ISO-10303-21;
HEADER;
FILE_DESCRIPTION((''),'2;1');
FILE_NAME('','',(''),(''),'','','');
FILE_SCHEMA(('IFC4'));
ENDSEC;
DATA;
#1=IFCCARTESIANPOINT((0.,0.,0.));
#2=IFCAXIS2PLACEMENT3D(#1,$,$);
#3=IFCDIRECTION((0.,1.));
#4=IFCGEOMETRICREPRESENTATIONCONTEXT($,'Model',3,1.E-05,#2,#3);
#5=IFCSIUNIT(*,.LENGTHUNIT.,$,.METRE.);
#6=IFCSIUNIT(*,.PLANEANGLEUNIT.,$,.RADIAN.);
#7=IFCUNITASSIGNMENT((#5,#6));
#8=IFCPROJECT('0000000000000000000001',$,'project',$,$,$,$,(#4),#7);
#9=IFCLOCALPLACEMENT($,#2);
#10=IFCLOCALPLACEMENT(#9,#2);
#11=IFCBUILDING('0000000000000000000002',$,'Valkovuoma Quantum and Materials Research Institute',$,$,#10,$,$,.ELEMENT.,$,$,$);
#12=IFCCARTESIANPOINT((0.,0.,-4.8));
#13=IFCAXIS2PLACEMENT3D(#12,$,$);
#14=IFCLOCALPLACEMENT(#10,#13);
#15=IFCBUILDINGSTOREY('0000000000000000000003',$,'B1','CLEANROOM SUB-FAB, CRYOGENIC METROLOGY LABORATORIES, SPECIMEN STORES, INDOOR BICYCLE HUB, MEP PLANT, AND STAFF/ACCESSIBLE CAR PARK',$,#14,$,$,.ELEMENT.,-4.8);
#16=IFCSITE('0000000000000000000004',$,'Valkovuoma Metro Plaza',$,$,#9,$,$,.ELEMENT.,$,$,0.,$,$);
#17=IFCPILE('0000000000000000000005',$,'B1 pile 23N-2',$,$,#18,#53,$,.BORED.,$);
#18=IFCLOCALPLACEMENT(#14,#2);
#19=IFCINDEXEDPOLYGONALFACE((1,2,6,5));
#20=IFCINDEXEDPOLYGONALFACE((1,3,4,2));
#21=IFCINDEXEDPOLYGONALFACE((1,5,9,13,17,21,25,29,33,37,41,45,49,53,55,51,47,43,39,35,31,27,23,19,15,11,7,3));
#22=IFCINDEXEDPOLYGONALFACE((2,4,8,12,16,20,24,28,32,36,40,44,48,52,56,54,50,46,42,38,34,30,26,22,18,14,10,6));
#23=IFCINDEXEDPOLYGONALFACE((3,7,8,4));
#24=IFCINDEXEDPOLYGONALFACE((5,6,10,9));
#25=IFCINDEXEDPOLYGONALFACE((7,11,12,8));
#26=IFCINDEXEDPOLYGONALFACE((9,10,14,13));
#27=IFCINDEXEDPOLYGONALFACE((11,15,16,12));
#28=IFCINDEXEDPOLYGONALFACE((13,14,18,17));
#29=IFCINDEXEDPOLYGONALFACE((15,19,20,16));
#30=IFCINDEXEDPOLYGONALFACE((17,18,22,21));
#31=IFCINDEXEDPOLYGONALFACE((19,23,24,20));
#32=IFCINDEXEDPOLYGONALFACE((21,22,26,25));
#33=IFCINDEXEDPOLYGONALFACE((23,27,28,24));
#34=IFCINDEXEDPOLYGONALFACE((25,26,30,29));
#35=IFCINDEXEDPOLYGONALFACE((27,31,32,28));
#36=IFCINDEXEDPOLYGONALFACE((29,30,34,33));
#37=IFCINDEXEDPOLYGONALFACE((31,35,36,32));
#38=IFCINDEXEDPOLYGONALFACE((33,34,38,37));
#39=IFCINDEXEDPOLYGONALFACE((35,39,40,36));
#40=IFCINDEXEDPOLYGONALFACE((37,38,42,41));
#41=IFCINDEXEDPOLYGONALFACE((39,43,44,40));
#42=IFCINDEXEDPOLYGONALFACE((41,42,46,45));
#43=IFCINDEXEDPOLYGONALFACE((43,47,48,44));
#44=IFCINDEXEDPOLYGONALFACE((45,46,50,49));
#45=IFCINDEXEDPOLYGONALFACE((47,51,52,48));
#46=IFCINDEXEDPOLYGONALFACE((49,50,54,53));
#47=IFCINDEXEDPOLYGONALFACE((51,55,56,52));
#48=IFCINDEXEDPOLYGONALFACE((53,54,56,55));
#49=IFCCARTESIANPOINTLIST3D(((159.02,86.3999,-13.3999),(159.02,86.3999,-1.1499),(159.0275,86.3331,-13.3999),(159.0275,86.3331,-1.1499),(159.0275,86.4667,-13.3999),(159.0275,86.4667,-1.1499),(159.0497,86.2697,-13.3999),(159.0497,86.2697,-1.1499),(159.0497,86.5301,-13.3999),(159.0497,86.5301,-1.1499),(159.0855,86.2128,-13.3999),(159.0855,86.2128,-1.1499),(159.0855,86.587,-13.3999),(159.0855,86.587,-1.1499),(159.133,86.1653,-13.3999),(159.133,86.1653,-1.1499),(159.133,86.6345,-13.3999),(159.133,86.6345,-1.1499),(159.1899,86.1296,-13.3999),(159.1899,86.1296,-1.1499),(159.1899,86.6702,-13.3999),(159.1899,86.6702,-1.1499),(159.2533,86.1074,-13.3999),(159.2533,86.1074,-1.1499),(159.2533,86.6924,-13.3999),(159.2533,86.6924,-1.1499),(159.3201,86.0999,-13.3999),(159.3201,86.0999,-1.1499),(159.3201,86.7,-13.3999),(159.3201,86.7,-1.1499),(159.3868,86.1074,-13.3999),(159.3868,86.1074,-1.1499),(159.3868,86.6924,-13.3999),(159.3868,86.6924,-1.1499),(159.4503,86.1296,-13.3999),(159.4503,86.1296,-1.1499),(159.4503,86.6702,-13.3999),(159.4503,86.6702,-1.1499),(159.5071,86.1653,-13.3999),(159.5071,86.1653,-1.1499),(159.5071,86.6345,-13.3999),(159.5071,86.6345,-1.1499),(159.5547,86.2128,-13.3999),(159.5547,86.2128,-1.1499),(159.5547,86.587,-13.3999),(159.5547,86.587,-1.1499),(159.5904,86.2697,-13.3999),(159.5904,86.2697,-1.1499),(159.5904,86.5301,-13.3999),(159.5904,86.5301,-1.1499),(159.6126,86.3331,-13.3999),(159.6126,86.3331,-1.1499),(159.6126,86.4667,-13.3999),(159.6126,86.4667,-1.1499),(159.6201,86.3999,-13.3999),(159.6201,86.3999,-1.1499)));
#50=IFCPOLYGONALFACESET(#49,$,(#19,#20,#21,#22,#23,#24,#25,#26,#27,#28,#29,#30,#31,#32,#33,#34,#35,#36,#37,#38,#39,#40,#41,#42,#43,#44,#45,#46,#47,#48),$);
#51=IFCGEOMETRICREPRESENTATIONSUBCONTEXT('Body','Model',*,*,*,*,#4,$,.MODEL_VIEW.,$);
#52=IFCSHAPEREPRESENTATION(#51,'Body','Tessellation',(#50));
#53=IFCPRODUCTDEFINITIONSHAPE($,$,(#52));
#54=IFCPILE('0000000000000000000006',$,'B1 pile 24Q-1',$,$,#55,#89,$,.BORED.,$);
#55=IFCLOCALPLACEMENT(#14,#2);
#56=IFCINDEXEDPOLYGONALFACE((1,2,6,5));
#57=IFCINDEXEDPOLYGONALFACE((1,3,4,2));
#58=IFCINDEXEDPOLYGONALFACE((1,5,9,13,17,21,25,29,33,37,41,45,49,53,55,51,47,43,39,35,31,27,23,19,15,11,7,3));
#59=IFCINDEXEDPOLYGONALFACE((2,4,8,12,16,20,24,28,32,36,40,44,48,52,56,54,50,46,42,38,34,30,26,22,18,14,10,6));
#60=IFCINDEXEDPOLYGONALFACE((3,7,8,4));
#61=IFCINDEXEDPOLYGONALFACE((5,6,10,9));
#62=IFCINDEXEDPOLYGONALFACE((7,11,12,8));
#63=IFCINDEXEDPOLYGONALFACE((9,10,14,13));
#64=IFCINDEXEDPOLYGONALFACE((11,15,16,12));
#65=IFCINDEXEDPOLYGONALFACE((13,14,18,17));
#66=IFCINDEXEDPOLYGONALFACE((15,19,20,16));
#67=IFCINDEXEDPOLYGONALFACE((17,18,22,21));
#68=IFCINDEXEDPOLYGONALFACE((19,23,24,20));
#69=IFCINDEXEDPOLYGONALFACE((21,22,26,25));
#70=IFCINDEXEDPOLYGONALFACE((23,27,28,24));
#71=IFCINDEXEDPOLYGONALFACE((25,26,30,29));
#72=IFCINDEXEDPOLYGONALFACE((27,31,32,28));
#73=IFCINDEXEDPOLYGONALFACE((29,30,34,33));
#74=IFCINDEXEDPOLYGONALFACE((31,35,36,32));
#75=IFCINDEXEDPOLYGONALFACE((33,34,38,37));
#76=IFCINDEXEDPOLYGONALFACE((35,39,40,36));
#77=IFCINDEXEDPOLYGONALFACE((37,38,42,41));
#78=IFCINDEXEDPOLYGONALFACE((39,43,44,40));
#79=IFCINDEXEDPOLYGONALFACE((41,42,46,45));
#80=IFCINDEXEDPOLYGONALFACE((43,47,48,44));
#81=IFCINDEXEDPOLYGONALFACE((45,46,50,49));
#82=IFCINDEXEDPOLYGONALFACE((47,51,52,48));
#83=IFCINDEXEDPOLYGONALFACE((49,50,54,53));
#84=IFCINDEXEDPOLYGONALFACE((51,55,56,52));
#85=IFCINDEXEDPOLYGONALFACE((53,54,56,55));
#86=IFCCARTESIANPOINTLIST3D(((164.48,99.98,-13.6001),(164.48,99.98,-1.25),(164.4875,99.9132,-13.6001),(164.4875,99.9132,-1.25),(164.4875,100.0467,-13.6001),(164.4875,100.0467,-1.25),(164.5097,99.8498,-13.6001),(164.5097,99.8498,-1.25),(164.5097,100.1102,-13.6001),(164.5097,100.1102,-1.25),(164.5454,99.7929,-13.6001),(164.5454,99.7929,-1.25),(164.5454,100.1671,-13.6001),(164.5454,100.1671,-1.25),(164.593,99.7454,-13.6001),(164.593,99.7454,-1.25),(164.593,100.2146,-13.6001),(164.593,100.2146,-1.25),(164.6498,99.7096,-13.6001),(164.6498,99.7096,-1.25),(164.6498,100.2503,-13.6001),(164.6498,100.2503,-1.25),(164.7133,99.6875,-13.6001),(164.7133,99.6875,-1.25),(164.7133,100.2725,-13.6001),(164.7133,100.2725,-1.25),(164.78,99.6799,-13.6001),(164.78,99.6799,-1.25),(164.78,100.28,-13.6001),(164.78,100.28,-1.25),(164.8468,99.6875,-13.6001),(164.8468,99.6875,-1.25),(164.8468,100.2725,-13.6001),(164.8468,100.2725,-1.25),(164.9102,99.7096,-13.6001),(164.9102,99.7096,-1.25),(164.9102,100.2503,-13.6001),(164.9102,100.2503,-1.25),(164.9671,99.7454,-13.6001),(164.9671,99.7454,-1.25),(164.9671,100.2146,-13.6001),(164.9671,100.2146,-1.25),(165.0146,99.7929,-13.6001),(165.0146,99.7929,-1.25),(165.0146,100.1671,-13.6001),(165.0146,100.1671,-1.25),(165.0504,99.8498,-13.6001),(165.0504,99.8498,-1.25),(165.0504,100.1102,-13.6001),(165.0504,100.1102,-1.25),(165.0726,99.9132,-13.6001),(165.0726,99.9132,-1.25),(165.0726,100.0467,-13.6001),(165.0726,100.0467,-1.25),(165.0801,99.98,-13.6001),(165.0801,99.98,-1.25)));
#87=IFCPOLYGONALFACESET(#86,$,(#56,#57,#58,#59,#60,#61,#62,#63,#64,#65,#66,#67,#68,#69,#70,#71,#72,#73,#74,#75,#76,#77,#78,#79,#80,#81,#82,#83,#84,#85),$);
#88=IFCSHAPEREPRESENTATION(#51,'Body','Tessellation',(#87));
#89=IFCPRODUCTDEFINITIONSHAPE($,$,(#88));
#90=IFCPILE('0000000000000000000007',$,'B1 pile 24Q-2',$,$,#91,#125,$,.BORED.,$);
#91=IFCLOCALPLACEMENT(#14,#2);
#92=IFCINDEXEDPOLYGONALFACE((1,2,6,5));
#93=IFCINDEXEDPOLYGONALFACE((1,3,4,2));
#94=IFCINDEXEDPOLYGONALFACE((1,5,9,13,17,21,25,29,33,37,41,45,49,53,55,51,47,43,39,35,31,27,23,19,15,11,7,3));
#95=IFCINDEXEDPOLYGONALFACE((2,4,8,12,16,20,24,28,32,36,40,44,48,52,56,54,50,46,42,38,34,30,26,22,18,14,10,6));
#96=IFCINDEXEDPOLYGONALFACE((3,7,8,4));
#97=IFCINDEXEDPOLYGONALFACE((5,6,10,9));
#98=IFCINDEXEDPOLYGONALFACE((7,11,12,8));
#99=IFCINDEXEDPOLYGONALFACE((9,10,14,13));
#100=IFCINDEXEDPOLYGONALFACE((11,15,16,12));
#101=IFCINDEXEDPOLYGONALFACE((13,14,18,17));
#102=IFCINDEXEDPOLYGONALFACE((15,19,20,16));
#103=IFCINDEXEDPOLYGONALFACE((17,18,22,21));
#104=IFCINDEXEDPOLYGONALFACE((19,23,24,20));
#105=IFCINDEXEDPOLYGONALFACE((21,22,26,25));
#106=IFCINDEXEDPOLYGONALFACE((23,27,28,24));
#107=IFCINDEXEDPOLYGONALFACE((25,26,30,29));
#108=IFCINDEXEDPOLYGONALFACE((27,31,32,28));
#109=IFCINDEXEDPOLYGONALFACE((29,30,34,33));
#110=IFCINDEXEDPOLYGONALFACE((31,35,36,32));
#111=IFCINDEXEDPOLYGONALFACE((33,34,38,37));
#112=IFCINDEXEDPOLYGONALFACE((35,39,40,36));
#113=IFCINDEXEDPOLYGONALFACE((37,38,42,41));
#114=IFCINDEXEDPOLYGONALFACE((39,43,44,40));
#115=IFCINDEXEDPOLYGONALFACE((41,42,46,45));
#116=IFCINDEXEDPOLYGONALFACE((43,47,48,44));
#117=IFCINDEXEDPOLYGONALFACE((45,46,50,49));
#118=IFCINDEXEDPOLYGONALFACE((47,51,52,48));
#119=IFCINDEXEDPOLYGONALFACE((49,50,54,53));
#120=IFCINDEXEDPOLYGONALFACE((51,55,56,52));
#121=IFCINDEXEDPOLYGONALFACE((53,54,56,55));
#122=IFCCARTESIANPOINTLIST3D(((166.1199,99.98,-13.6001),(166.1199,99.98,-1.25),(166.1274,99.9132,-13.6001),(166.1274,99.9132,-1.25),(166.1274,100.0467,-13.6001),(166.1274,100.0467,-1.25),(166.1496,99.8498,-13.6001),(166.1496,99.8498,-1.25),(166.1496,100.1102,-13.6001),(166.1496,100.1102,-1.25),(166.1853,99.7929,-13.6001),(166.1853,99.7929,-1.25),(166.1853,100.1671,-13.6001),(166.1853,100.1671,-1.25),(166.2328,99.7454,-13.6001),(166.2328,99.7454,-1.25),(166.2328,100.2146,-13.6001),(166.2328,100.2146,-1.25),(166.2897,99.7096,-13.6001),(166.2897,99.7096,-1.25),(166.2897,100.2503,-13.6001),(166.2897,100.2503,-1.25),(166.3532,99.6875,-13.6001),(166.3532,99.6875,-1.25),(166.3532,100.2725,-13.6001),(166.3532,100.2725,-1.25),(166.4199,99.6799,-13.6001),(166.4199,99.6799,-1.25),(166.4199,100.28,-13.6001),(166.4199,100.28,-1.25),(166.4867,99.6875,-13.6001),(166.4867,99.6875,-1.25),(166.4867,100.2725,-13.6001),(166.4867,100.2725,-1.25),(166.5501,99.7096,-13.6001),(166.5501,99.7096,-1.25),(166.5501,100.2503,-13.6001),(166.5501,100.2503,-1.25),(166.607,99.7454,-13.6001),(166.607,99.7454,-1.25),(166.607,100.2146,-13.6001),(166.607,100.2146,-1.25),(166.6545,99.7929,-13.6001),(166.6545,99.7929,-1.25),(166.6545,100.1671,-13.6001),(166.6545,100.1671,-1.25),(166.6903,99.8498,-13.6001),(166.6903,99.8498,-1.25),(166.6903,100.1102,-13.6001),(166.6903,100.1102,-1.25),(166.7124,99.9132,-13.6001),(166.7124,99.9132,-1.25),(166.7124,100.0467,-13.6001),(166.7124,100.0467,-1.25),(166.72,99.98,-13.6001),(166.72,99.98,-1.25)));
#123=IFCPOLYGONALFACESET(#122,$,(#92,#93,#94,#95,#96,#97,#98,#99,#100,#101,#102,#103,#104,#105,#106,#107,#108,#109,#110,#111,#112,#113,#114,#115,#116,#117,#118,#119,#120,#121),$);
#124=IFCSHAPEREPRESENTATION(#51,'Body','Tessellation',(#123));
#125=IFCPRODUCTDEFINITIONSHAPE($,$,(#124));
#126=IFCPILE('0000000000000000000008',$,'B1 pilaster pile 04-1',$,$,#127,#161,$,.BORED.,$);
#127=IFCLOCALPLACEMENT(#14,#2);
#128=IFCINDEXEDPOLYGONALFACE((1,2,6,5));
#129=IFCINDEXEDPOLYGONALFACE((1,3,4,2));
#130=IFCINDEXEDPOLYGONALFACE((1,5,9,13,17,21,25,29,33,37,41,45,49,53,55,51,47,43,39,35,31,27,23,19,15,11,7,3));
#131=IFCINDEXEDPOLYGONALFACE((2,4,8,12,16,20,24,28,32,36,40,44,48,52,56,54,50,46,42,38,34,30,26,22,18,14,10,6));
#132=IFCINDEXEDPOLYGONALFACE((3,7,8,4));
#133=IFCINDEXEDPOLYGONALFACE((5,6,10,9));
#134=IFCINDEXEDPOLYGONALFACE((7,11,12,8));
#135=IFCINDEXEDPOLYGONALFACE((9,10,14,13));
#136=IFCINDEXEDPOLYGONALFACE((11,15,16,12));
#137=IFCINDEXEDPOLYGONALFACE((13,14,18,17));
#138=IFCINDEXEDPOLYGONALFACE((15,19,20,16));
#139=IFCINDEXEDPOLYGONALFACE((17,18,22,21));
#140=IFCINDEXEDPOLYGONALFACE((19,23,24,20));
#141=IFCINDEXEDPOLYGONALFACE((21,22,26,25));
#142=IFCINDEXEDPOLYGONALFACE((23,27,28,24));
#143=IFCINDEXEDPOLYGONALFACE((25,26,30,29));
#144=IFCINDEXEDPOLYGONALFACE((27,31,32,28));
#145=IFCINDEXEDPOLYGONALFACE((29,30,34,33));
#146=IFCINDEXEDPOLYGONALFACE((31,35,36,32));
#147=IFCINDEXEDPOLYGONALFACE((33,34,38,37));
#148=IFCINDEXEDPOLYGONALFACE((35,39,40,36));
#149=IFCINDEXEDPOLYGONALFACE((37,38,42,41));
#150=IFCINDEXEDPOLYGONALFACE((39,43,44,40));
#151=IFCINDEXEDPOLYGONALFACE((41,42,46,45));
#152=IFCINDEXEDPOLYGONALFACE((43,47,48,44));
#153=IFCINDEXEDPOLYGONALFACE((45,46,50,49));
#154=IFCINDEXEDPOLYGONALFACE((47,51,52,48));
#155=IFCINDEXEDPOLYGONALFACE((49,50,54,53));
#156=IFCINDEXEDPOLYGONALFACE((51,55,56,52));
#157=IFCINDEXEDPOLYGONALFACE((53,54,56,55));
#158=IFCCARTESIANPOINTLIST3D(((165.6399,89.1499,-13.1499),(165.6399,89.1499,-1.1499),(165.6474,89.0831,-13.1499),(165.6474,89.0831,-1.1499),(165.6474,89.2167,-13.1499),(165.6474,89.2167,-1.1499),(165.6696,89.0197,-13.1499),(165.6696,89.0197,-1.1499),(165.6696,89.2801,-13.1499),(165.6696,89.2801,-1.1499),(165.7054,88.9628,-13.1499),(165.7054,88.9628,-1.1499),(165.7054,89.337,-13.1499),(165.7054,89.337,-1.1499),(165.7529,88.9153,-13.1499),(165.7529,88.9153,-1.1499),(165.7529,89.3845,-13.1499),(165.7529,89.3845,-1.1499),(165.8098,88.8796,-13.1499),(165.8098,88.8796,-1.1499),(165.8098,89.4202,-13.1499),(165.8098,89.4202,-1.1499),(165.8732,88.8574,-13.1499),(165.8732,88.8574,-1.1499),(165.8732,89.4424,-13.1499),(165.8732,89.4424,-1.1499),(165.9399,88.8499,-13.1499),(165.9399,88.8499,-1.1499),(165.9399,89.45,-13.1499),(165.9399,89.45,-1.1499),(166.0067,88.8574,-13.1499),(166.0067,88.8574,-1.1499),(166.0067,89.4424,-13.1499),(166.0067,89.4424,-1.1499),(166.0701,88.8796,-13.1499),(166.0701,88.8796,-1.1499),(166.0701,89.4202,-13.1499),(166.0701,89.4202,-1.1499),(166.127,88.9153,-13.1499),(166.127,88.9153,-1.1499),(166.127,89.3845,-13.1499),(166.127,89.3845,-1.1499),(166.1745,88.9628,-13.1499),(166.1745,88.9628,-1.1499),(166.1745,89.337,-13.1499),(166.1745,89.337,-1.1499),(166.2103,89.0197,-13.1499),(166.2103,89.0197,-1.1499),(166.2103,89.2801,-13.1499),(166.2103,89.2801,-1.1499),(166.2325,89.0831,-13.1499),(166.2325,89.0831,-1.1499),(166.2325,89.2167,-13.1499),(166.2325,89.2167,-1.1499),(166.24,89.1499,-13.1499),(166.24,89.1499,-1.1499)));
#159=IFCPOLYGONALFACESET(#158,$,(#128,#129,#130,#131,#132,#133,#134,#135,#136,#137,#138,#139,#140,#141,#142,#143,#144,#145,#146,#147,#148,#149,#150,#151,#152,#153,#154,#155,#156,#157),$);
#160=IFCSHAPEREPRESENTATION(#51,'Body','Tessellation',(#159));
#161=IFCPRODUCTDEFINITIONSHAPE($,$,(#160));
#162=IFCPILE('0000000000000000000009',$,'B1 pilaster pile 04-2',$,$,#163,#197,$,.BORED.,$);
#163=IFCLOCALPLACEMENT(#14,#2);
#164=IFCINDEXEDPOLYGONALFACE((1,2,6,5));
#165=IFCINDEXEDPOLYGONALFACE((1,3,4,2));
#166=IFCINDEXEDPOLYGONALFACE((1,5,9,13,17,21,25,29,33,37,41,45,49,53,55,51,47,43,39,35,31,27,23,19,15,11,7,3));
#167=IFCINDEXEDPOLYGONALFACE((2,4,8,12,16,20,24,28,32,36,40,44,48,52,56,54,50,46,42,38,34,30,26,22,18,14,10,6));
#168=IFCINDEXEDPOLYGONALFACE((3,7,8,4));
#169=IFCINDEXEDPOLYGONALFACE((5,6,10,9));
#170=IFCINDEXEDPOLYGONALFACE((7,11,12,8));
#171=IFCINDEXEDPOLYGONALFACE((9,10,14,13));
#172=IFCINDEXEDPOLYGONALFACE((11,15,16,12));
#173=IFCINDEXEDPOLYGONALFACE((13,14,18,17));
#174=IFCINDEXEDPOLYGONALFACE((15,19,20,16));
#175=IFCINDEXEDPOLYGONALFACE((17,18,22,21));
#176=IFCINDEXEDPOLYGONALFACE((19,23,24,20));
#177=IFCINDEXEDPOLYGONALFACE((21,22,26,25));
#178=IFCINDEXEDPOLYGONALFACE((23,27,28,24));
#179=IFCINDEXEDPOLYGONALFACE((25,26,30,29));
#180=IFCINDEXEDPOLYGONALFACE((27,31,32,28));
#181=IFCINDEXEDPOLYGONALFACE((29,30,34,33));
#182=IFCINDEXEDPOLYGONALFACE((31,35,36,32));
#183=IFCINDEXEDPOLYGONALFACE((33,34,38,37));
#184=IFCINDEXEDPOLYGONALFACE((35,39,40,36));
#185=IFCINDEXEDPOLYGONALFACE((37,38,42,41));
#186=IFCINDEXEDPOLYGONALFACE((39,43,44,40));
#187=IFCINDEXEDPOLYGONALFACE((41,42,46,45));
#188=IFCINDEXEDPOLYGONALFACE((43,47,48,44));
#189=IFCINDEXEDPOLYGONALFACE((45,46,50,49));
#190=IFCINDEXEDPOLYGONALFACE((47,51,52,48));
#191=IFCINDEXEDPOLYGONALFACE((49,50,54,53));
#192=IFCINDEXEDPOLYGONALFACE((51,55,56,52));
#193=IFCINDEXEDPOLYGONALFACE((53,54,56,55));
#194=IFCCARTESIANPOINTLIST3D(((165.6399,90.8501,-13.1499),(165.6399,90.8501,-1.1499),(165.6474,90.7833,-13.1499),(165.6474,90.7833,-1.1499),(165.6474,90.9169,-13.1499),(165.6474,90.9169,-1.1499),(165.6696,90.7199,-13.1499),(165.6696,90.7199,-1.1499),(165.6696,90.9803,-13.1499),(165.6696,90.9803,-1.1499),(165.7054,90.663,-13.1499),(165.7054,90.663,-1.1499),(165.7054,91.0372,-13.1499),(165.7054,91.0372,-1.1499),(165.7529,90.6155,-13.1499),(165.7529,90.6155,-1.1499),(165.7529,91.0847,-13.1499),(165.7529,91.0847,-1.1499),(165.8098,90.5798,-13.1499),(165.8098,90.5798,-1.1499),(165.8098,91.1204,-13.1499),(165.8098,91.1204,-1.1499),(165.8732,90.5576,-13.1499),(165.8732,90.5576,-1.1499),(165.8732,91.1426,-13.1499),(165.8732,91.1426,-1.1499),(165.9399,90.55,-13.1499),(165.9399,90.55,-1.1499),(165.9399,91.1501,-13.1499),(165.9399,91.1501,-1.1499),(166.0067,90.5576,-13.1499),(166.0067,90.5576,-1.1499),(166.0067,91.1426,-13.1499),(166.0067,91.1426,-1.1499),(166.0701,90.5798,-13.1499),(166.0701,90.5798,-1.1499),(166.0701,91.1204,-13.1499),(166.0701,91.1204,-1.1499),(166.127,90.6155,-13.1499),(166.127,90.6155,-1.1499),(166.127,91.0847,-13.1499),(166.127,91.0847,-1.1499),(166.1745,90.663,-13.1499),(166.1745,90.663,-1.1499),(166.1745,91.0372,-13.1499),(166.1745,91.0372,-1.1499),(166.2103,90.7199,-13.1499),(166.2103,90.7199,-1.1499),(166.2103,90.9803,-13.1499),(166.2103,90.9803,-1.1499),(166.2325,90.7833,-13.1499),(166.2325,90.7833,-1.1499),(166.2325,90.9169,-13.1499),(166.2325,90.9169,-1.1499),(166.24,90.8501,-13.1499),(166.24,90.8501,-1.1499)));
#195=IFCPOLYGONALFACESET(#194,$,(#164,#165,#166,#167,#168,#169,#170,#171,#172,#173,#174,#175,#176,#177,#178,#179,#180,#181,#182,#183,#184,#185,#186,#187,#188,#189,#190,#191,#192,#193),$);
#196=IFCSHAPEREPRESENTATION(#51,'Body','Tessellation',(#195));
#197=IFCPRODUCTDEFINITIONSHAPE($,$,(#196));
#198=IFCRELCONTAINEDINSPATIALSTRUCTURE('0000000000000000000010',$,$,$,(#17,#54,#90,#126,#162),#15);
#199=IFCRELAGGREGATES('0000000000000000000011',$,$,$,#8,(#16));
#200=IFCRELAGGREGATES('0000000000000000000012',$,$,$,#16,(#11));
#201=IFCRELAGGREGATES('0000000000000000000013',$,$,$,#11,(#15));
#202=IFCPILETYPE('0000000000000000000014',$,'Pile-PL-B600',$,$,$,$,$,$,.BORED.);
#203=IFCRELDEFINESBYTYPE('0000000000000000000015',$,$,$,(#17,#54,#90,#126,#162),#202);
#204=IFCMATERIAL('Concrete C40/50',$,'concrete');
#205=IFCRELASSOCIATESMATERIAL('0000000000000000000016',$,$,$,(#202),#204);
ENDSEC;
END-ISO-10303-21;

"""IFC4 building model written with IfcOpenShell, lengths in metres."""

from ifc_helpers import new_model, si_unit, direction, frame, origin, origin_2d, place, context, subcontext, project, spatial, circle, extrude, material, material_profile, profile_set, type_object, element, save


model = new_model("IFC4")

# Units and contexts
model_context = context("Model", 3, precision=1e-05, world=origin(), true_north=direction((0.0, 1.0)))
body_context = subcontext(model_context, "Body", "Model", "MODEL_VIEW")
ifc_project = project(units=[si_unit("LENGTHUNIT", "METRE"), si_unit("PLANEANGLEUNIT", "RADIAN")], contexts=[model_context])

# Site, building, storey
site_placement = place(None, origin())
site = spatial("IfcSite", under=ifc_project, at=site_placement, Name="Valkovuoma Metro Plaza", CompositionType="ELEMENT", RefElevation=0.0)
building_placement = place(site_placement, origin())
building = spatial("IfcBuilding", under=site, at=building_placement, Name="Valkovuoma Quantum and Materials Research Institute", CompositionType="ELEMENT")
storey_placement = place(building_placement, frame((0.0, 0.0, -4.8)))
storey = spatial("IfcBuildingStorey", under=building, at=storey_placement, Name="B1", Description="CLEANROOM SUB-FAB, CRYOGENIC METROLOGY LABORATORIES, SPECIMEN STORES, INDOOR BICYCLE HUB, MEP PLANT, AND STAFF/ACCESSIBLE CAR PARK", CompositionType="ELEMENT", Elevation=-4.8)

# Piles
ifc_material_1 = material(Name="Concrete C40/50", Category="concrete")
ifc_material_profile_1 = material_profile(ifc_material_1, circle(Radius=0.3, at=origin_2d()), Name="Concrete C40/50")
ifc_profile_set_1 = profile_set([ifc_material_profile_1], Name="Concrete C40/50")
pile_type_1 = type_object("IfcPileType", Name="Pile-PL-B600", PredefinedType="BORED", material=ifc_profile_set_1)
pile_1_placement = place(storey_placement, frame((159.3201, 86.3999, -1.1499), z_axis=(0.0, 0.0, -1.0), x_axis=(1.0, 0.0, 0.0)))
element("IfcPile", 1, at=pile_1_placement, inside=storey, type_object=pile_type_1, Name="B1 pile 23N-2", PredefinedType="BORED", context=body_context, shape_type="SweptSolid", body=[
    extrude(circle(Radius=0.3, at=origin_2d()), origin(), (0.0, 0.0, 1.0), 12.25),
])
for number, where, z_axis, x_axis, name in (
    (2, (164.78, 99.98, -1.25), (0.0, 0.0, -1.0), (1.0, 0.0, 0.0), "B1 pile 24Q-1"),
    (3, (166.4199, 99.98, -1.25), (0.0, 0.0, -1.0), (1.0, 0.0, 0.0), "B1 pile 24Q-2"),
):
    element("IfcPile", number, at=place(storey_placement, frame(where, z_axis=z_axis, x_axis=x_axis)), inside=storey, type_object=pile_type_1, Name=name, PredefinedType="BORED", context=body_context, shape_type="SweptSolid", body=[
        extrude(circle(Radius=0.3, at=origin_2d()), origin(), (0.0, 0.0, 1.0), 12.3501),
    ])
for number, where, z_axis, x_axis, name in (
    (4, (165.9399, 89.1499, -1.1499), (0.0, 0.0, -1.0), (1.0, 0.0, 0.0), "B1 pilaster pile 04-1"),
    (5, (165.9399, 90.8501, -1.1499), (0.0, 0.0, -1.0), (1.0, 0.0, 0.0), "B1 pilaster pile 04-2"),
):
    element("IfcPile", number, at=place(storey_placement, frame(where, z_axis=z_axis, x_axis=x_axis)), inside=storey, type_object=pile_type_1, Name=name, PredefinedType="BORED", context=body_context, shape_type="SweptSolid", body=[
        extrude(circle(Radius=0.3, at=origin_2d()), origin(), (0.0, 0.0, 1.0), 12.0),
    ])

save(model, "model.ifc")
